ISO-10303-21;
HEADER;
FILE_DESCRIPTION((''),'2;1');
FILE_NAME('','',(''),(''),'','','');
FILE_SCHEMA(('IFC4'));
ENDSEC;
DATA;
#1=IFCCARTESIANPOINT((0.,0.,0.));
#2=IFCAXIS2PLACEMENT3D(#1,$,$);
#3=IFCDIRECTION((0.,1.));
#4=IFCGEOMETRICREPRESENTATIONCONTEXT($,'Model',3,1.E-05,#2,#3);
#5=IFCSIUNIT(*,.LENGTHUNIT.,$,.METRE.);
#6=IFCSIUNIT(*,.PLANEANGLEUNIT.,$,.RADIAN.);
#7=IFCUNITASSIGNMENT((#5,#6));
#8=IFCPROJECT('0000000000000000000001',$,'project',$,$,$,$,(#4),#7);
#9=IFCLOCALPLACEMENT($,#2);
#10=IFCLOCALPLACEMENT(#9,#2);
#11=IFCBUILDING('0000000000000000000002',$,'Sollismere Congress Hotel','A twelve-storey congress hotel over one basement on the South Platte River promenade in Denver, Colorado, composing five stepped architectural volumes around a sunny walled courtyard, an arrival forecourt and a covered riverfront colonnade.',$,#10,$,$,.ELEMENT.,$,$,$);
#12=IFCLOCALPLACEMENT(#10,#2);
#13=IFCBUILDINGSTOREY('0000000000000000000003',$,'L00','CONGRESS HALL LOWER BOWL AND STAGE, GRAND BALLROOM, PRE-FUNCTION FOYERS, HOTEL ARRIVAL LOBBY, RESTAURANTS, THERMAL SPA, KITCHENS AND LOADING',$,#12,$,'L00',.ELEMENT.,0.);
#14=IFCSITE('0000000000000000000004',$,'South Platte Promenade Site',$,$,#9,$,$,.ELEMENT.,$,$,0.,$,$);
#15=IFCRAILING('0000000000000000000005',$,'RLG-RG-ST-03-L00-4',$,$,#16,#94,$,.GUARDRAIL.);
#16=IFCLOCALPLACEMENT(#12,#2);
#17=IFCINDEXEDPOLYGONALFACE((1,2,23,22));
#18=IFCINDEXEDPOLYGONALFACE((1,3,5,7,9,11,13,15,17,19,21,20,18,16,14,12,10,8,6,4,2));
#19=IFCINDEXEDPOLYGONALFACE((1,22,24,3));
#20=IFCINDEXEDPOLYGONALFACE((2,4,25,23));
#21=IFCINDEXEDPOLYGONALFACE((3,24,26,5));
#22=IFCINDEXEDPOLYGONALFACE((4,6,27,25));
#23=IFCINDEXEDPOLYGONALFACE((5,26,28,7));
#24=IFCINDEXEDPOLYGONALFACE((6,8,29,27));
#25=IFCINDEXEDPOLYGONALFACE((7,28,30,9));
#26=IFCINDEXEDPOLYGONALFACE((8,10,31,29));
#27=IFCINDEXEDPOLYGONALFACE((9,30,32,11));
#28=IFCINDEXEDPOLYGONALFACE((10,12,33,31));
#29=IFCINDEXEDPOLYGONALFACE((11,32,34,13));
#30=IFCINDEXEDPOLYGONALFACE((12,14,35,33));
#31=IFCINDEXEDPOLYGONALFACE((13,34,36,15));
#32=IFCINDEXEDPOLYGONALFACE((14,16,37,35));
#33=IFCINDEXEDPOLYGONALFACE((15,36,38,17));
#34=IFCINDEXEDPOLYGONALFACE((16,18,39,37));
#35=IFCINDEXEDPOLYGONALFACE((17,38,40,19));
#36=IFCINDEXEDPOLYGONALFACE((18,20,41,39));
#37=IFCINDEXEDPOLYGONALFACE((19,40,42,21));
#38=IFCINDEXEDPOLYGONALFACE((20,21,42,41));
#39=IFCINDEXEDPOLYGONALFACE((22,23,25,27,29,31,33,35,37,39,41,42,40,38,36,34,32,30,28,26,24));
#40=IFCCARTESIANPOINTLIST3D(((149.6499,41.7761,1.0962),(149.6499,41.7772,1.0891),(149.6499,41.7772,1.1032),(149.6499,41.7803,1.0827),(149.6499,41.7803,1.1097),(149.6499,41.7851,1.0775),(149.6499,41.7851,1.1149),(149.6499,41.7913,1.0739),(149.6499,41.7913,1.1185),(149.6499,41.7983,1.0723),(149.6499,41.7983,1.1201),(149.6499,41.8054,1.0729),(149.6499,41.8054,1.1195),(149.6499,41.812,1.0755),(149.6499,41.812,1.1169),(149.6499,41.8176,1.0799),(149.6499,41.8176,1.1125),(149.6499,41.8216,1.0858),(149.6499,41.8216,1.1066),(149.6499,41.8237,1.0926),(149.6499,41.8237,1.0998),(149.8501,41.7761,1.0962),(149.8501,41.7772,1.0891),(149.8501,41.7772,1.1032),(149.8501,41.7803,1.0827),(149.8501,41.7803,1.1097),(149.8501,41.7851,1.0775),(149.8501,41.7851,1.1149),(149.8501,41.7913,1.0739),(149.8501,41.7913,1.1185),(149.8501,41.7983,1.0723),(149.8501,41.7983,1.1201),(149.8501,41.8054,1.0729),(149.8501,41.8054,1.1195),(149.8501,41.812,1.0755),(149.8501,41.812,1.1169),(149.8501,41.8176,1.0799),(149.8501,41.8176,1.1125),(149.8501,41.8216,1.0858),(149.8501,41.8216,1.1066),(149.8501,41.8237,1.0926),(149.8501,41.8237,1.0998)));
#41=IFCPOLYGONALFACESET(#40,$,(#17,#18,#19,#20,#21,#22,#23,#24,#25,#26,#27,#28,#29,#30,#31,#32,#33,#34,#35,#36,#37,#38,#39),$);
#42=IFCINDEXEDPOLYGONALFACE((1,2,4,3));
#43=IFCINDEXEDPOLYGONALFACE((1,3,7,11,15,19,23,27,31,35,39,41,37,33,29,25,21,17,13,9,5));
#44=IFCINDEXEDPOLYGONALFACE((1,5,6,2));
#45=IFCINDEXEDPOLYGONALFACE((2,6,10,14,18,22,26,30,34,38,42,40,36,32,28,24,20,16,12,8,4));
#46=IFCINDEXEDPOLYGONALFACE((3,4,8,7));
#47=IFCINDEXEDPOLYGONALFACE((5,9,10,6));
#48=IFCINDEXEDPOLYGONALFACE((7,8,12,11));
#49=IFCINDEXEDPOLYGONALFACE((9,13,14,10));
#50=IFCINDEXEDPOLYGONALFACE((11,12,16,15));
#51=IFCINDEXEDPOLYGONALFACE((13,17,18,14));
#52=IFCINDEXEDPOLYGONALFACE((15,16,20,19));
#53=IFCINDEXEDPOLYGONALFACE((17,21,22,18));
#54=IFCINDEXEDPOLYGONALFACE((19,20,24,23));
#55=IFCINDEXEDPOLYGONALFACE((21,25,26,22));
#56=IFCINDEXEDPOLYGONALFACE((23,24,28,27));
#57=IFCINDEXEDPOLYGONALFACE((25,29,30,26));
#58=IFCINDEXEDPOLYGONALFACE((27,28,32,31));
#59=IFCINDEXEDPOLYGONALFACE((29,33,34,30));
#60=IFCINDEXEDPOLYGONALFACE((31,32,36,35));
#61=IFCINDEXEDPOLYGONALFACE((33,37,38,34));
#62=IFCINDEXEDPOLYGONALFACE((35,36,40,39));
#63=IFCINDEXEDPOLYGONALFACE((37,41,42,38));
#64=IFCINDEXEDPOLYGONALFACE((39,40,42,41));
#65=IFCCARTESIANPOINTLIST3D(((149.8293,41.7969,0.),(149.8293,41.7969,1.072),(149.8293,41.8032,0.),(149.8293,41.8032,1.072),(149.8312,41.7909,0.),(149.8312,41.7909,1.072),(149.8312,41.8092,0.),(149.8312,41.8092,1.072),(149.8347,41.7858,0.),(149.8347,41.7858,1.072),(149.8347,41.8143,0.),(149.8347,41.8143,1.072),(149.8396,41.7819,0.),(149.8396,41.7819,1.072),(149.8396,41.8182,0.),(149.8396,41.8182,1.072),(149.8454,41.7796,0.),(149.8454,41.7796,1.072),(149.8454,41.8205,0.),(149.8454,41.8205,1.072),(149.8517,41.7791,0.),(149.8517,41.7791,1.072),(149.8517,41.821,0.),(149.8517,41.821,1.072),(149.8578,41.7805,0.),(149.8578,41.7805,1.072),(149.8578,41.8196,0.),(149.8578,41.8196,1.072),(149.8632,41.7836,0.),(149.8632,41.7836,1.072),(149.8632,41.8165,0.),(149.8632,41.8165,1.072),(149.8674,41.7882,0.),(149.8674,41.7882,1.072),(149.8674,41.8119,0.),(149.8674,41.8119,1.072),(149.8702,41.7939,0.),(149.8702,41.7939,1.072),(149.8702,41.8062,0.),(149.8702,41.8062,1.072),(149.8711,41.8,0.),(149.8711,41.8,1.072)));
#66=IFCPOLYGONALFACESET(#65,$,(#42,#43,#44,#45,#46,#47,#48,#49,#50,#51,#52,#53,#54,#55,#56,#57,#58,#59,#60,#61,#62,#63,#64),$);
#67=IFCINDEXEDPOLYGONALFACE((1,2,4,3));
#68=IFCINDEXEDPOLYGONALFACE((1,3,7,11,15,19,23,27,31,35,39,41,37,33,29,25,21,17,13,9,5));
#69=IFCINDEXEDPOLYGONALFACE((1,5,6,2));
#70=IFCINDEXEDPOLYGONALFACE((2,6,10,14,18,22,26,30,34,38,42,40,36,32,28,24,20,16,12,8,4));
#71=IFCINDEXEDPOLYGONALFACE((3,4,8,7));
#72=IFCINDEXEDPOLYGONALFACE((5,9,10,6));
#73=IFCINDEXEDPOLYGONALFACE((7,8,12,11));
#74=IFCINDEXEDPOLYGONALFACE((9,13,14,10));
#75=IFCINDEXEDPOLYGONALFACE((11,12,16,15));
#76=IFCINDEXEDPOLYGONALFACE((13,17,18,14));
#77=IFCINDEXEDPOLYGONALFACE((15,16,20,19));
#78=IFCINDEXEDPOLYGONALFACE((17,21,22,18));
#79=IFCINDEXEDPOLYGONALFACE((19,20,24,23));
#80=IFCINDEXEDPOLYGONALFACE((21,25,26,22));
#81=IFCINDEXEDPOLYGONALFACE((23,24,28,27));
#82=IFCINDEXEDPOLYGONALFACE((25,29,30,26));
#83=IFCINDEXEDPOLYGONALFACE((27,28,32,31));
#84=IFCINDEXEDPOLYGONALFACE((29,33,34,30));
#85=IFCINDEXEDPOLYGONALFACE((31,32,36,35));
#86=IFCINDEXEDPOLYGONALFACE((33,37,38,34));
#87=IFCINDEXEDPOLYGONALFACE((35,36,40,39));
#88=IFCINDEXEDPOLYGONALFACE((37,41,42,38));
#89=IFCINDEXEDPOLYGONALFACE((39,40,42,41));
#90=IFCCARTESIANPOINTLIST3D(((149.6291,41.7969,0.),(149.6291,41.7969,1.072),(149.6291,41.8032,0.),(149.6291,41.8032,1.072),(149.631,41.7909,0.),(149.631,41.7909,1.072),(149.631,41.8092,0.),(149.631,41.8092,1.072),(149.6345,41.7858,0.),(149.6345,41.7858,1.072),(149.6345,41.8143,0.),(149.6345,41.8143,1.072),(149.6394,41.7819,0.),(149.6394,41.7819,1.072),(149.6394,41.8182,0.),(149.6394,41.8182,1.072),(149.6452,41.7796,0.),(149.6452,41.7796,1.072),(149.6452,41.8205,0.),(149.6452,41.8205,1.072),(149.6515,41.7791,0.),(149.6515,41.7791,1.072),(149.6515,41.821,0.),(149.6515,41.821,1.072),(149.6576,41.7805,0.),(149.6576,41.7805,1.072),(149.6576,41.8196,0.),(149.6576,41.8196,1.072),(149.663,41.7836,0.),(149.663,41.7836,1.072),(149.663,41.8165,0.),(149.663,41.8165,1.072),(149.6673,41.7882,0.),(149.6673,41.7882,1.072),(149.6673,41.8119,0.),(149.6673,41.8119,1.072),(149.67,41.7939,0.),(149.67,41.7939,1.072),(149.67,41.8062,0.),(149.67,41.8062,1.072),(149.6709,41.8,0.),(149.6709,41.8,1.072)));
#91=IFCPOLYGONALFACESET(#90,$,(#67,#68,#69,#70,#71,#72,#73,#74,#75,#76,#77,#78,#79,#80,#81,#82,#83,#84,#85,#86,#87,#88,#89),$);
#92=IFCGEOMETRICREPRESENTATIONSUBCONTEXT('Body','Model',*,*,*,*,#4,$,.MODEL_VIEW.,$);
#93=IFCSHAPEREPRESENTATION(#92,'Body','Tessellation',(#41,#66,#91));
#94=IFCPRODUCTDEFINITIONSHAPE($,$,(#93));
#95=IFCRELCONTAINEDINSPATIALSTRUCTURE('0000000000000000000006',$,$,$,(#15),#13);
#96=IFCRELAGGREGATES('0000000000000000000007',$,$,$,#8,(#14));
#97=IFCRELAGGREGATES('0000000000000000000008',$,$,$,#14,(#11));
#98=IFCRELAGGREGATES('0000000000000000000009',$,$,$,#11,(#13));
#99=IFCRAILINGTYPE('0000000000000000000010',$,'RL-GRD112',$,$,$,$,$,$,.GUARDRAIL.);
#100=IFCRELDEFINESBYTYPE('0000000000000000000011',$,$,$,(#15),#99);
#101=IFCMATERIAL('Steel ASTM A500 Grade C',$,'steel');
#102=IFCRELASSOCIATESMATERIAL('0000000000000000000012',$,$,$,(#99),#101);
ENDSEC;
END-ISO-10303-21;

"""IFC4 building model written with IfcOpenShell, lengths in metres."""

from ifc_helpers import new_model, si_unit, direction, frame, origin, origin_2d, place, context, subcontext, project, spatial, circle, extrude, material, type_object, element, save


model = new_model("IFC4")

# Units and contexts
model_context = context("Model", 3, precision=1e-05, world=origin(), true_north=direction((0.0, 1.0)))
body_context = subcontext(model_context, "Body", "Model", "MODEL_VIEW")
ifc_project = project(units=[si_unit("LENGTHUNIT", "METRE"), si_unit("PLANEANGLEUNIT", "RADIAN")], contexts=[model_context])

# Site, building, storey
site_placement = place(None, origin())
site = spatial("IfcSite", under=ifc_project, at=site_placement, Name="South Platte Promenade Site", CompositionType="ELEMENT", RefElevation=0.0)
building_placement = place(site_placement, origin())
building = spatial("IfcBuilding", under=site, at=building_placement, Name="Sollismere Congress Hotel", Description="A twelve-storey congress hotel over one basement on the South Platte River promenade in Denver, Colorado, composing five stepped architectural volumes around a sunny walled courtyard, an arrival forecourt and a covered riverfront colonnade.", CompositionType="ELEMENT")
storey_placement = place(building_placement, origin())
storey = spatial("IfcBuildingStorey", under=building, at=storey_placement, Name="L00", Description="CONGRESS HALL LOWER BOWL AND STAGE, GRAND BALLROOM, PRE-FUNCTION FOYERS, HOTEL ARRIVAL LOBBY, RESTAURANTS, THERMAL SPA, KITCHENS AND LOADING", LongName="L00", CompositionType="ELEMENT", Elevation=0.0)

# Railing
ifc_material_1 = material(Name="Steel ASTM A500 Grade C", Category="steel")
railing_type_1 = type_object("IfcRailingType", Name="RL-GRD112", PredefinedType="GUARDRAIL", material=ifc_material_1)
railing_1_placement = place(storey_placement, frame((149.8501, 41.8, 0.0)))
element("IfcRailing", 1, at=railing_1_placement, inside=storey, type_object=railing_type_1, Name="RLG-RG-ST-03-L00-4", PredefinedType="GUARDRAIL", context=body_context, shape_type="SweptSolid", body=[
    extrude(circle(Radius=0.0239, at=origin_2d()), frame((0.0, 0.0, 1.0962), z_axis=(-1.0, 0.0, 0.0), x_axis=(0.0, -1.0, 0.0)), (0.0, 0.0, 1.0), 0.2002),
    extrude(circle(Radius=0.021, at=origin_2d()), origin(), (0.0, 0.0, 1.0), 1.072),
    extrude(circle(Radius=0.021, at=origin_2d()), frame((-0.2002, 0.0, 0.0)), (0.0, 0.0, 1.0), 1.072),
])

save(model, "model.ifc")
